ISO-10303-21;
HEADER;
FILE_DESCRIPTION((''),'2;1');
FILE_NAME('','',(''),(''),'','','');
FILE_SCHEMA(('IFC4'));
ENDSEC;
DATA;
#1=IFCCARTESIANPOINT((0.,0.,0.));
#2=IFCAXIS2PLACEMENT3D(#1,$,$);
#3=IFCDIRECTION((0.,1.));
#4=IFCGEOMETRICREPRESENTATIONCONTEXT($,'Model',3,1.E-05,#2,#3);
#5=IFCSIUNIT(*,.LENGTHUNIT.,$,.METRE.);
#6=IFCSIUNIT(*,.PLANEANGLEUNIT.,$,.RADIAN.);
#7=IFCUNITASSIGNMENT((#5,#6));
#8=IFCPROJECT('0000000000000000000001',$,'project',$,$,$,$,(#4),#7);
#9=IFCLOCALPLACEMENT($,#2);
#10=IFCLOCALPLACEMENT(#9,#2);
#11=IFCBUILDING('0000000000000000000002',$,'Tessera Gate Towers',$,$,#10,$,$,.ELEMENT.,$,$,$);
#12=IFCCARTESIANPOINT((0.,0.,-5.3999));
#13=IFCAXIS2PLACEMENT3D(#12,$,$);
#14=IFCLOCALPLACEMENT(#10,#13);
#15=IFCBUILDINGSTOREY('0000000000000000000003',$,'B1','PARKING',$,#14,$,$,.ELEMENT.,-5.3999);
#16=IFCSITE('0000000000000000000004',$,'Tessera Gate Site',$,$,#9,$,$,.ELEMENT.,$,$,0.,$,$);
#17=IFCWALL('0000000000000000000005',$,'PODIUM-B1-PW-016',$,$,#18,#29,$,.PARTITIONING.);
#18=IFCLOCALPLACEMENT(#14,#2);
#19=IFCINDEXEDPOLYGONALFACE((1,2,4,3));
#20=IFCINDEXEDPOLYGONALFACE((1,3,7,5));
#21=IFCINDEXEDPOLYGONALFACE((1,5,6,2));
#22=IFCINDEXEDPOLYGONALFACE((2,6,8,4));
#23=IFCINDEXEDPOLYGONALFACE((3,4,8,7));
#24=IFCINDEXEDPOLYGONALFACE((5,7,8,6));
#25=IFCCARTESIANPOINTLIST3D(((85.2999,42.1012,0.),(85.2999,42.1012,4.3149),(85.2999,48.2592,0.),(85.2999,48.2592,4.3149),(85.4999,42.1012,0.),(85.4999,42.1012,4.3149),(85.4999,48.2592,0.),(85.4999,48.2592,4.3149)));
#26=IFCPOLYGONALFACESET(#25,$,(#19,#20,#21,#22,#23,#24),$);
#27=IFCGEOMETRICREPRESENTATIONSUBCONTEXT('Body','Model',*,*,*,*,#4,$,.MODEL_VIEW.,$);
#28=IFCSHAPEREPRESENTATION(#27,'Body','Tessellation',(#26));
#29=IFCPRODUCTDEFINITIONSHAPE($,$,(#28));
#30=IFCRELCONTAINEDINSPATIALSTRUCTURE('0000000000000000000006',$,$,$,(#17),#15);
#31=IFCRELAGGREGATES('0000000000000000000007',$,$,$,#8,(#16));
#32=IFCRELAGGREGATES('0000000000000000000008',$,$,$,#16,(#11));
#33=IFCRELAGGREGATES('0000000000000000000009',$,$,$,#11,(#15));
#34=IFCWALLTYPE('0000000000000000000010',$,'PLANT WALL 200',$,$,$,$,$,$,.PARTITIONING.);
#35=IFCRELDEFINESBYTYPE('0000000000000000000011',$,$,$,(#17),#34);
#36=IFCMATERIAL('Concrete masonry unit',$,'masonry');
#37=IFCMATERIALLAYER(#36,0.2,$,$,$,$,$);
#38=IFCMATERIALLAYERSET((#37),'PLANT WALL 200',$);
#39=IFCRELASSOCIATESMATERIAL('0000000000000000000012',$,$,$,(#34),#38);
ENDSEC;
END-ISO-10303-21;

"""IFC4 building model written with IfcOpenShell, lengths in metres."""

from ifc_helpers import new_model, si_unit, direction, frame, frame_2d, origin, place, context, subcontext, project, spatial, rectangle, extrude, material, layer, layer_set, type_object, element, save


model = new_model("IFC4")

# Units and contexts
model_context = context("Model", 3, precision=1e-05, world=origin(), true_north=direction((0.0, 1.0)))
body_context = subcontext(model_context, "Body", "Model", "MODEL_VIEW")
ifc_project = project(units=[si_unit("LENGTHUNIT", "METRE"), si_unit("PLANEANGLEUNIT", "RADIAN")], contexts=[model_context])

# Site, building, storey
site_placement = place(None, origin())
site = spatial("IfcSite", under=ifc_project, at=site_placement, Name="Tessera Gate Site", CompositionType="ELEMENT", RefElevation=0.0)
building_placement = place(site_placement, origin())
building = spatial("IfcBuilding", under=site, at=building_placement, Name="Tessera Gate Towers", CompositionType="ELEMENT")
storey_placement = place(building_placement, frame((0.0, 0.0, -5.3999)))
storey = spatial("IfcBuildingStorey", under=building, at=storey_placement, Name="B1", Description="PARKING", CompositionType="ELEMENT", Elevation=-5.3999)

# Wall
ifc_material_1 = material(Name="Concrete masonry unit", Category="masonry")
ifc_layer_1 = layer(ifc_material_1, 0.2)
ifc_layer_set_1 = layer_set([ifc_layer_1], Name="PLANT WALL 200")
wall_type_1 = type_object("IfcWallType", Name="PLANT WALL 200", PredefinedType="PARTITIONING", material=ifc_layer_set_1)
wall_1_placement = place(storey_placement, frame((85.3999, 42.1011, 0.0), z_axis=(0.0, 0.0, 1.0), x_axis=(0.0, 1.0, 0.0)))
element("IfcWall", 1, at=wall_1_placement, inside=storey, type_object=wall_type_1, Name="PODIUM-B1-PW-016", PredefinedType="PARTITIONING", context=body_context, shape_type="SweptSolid", body=[
    extrude(rectangle(XDim=6.158, YDim=0.2, at=frame_2d((3.0791, 0.0))), origin(), (0.0, 0.0, 1.0), 4.3149),
])

save(model, "model.ifc")
